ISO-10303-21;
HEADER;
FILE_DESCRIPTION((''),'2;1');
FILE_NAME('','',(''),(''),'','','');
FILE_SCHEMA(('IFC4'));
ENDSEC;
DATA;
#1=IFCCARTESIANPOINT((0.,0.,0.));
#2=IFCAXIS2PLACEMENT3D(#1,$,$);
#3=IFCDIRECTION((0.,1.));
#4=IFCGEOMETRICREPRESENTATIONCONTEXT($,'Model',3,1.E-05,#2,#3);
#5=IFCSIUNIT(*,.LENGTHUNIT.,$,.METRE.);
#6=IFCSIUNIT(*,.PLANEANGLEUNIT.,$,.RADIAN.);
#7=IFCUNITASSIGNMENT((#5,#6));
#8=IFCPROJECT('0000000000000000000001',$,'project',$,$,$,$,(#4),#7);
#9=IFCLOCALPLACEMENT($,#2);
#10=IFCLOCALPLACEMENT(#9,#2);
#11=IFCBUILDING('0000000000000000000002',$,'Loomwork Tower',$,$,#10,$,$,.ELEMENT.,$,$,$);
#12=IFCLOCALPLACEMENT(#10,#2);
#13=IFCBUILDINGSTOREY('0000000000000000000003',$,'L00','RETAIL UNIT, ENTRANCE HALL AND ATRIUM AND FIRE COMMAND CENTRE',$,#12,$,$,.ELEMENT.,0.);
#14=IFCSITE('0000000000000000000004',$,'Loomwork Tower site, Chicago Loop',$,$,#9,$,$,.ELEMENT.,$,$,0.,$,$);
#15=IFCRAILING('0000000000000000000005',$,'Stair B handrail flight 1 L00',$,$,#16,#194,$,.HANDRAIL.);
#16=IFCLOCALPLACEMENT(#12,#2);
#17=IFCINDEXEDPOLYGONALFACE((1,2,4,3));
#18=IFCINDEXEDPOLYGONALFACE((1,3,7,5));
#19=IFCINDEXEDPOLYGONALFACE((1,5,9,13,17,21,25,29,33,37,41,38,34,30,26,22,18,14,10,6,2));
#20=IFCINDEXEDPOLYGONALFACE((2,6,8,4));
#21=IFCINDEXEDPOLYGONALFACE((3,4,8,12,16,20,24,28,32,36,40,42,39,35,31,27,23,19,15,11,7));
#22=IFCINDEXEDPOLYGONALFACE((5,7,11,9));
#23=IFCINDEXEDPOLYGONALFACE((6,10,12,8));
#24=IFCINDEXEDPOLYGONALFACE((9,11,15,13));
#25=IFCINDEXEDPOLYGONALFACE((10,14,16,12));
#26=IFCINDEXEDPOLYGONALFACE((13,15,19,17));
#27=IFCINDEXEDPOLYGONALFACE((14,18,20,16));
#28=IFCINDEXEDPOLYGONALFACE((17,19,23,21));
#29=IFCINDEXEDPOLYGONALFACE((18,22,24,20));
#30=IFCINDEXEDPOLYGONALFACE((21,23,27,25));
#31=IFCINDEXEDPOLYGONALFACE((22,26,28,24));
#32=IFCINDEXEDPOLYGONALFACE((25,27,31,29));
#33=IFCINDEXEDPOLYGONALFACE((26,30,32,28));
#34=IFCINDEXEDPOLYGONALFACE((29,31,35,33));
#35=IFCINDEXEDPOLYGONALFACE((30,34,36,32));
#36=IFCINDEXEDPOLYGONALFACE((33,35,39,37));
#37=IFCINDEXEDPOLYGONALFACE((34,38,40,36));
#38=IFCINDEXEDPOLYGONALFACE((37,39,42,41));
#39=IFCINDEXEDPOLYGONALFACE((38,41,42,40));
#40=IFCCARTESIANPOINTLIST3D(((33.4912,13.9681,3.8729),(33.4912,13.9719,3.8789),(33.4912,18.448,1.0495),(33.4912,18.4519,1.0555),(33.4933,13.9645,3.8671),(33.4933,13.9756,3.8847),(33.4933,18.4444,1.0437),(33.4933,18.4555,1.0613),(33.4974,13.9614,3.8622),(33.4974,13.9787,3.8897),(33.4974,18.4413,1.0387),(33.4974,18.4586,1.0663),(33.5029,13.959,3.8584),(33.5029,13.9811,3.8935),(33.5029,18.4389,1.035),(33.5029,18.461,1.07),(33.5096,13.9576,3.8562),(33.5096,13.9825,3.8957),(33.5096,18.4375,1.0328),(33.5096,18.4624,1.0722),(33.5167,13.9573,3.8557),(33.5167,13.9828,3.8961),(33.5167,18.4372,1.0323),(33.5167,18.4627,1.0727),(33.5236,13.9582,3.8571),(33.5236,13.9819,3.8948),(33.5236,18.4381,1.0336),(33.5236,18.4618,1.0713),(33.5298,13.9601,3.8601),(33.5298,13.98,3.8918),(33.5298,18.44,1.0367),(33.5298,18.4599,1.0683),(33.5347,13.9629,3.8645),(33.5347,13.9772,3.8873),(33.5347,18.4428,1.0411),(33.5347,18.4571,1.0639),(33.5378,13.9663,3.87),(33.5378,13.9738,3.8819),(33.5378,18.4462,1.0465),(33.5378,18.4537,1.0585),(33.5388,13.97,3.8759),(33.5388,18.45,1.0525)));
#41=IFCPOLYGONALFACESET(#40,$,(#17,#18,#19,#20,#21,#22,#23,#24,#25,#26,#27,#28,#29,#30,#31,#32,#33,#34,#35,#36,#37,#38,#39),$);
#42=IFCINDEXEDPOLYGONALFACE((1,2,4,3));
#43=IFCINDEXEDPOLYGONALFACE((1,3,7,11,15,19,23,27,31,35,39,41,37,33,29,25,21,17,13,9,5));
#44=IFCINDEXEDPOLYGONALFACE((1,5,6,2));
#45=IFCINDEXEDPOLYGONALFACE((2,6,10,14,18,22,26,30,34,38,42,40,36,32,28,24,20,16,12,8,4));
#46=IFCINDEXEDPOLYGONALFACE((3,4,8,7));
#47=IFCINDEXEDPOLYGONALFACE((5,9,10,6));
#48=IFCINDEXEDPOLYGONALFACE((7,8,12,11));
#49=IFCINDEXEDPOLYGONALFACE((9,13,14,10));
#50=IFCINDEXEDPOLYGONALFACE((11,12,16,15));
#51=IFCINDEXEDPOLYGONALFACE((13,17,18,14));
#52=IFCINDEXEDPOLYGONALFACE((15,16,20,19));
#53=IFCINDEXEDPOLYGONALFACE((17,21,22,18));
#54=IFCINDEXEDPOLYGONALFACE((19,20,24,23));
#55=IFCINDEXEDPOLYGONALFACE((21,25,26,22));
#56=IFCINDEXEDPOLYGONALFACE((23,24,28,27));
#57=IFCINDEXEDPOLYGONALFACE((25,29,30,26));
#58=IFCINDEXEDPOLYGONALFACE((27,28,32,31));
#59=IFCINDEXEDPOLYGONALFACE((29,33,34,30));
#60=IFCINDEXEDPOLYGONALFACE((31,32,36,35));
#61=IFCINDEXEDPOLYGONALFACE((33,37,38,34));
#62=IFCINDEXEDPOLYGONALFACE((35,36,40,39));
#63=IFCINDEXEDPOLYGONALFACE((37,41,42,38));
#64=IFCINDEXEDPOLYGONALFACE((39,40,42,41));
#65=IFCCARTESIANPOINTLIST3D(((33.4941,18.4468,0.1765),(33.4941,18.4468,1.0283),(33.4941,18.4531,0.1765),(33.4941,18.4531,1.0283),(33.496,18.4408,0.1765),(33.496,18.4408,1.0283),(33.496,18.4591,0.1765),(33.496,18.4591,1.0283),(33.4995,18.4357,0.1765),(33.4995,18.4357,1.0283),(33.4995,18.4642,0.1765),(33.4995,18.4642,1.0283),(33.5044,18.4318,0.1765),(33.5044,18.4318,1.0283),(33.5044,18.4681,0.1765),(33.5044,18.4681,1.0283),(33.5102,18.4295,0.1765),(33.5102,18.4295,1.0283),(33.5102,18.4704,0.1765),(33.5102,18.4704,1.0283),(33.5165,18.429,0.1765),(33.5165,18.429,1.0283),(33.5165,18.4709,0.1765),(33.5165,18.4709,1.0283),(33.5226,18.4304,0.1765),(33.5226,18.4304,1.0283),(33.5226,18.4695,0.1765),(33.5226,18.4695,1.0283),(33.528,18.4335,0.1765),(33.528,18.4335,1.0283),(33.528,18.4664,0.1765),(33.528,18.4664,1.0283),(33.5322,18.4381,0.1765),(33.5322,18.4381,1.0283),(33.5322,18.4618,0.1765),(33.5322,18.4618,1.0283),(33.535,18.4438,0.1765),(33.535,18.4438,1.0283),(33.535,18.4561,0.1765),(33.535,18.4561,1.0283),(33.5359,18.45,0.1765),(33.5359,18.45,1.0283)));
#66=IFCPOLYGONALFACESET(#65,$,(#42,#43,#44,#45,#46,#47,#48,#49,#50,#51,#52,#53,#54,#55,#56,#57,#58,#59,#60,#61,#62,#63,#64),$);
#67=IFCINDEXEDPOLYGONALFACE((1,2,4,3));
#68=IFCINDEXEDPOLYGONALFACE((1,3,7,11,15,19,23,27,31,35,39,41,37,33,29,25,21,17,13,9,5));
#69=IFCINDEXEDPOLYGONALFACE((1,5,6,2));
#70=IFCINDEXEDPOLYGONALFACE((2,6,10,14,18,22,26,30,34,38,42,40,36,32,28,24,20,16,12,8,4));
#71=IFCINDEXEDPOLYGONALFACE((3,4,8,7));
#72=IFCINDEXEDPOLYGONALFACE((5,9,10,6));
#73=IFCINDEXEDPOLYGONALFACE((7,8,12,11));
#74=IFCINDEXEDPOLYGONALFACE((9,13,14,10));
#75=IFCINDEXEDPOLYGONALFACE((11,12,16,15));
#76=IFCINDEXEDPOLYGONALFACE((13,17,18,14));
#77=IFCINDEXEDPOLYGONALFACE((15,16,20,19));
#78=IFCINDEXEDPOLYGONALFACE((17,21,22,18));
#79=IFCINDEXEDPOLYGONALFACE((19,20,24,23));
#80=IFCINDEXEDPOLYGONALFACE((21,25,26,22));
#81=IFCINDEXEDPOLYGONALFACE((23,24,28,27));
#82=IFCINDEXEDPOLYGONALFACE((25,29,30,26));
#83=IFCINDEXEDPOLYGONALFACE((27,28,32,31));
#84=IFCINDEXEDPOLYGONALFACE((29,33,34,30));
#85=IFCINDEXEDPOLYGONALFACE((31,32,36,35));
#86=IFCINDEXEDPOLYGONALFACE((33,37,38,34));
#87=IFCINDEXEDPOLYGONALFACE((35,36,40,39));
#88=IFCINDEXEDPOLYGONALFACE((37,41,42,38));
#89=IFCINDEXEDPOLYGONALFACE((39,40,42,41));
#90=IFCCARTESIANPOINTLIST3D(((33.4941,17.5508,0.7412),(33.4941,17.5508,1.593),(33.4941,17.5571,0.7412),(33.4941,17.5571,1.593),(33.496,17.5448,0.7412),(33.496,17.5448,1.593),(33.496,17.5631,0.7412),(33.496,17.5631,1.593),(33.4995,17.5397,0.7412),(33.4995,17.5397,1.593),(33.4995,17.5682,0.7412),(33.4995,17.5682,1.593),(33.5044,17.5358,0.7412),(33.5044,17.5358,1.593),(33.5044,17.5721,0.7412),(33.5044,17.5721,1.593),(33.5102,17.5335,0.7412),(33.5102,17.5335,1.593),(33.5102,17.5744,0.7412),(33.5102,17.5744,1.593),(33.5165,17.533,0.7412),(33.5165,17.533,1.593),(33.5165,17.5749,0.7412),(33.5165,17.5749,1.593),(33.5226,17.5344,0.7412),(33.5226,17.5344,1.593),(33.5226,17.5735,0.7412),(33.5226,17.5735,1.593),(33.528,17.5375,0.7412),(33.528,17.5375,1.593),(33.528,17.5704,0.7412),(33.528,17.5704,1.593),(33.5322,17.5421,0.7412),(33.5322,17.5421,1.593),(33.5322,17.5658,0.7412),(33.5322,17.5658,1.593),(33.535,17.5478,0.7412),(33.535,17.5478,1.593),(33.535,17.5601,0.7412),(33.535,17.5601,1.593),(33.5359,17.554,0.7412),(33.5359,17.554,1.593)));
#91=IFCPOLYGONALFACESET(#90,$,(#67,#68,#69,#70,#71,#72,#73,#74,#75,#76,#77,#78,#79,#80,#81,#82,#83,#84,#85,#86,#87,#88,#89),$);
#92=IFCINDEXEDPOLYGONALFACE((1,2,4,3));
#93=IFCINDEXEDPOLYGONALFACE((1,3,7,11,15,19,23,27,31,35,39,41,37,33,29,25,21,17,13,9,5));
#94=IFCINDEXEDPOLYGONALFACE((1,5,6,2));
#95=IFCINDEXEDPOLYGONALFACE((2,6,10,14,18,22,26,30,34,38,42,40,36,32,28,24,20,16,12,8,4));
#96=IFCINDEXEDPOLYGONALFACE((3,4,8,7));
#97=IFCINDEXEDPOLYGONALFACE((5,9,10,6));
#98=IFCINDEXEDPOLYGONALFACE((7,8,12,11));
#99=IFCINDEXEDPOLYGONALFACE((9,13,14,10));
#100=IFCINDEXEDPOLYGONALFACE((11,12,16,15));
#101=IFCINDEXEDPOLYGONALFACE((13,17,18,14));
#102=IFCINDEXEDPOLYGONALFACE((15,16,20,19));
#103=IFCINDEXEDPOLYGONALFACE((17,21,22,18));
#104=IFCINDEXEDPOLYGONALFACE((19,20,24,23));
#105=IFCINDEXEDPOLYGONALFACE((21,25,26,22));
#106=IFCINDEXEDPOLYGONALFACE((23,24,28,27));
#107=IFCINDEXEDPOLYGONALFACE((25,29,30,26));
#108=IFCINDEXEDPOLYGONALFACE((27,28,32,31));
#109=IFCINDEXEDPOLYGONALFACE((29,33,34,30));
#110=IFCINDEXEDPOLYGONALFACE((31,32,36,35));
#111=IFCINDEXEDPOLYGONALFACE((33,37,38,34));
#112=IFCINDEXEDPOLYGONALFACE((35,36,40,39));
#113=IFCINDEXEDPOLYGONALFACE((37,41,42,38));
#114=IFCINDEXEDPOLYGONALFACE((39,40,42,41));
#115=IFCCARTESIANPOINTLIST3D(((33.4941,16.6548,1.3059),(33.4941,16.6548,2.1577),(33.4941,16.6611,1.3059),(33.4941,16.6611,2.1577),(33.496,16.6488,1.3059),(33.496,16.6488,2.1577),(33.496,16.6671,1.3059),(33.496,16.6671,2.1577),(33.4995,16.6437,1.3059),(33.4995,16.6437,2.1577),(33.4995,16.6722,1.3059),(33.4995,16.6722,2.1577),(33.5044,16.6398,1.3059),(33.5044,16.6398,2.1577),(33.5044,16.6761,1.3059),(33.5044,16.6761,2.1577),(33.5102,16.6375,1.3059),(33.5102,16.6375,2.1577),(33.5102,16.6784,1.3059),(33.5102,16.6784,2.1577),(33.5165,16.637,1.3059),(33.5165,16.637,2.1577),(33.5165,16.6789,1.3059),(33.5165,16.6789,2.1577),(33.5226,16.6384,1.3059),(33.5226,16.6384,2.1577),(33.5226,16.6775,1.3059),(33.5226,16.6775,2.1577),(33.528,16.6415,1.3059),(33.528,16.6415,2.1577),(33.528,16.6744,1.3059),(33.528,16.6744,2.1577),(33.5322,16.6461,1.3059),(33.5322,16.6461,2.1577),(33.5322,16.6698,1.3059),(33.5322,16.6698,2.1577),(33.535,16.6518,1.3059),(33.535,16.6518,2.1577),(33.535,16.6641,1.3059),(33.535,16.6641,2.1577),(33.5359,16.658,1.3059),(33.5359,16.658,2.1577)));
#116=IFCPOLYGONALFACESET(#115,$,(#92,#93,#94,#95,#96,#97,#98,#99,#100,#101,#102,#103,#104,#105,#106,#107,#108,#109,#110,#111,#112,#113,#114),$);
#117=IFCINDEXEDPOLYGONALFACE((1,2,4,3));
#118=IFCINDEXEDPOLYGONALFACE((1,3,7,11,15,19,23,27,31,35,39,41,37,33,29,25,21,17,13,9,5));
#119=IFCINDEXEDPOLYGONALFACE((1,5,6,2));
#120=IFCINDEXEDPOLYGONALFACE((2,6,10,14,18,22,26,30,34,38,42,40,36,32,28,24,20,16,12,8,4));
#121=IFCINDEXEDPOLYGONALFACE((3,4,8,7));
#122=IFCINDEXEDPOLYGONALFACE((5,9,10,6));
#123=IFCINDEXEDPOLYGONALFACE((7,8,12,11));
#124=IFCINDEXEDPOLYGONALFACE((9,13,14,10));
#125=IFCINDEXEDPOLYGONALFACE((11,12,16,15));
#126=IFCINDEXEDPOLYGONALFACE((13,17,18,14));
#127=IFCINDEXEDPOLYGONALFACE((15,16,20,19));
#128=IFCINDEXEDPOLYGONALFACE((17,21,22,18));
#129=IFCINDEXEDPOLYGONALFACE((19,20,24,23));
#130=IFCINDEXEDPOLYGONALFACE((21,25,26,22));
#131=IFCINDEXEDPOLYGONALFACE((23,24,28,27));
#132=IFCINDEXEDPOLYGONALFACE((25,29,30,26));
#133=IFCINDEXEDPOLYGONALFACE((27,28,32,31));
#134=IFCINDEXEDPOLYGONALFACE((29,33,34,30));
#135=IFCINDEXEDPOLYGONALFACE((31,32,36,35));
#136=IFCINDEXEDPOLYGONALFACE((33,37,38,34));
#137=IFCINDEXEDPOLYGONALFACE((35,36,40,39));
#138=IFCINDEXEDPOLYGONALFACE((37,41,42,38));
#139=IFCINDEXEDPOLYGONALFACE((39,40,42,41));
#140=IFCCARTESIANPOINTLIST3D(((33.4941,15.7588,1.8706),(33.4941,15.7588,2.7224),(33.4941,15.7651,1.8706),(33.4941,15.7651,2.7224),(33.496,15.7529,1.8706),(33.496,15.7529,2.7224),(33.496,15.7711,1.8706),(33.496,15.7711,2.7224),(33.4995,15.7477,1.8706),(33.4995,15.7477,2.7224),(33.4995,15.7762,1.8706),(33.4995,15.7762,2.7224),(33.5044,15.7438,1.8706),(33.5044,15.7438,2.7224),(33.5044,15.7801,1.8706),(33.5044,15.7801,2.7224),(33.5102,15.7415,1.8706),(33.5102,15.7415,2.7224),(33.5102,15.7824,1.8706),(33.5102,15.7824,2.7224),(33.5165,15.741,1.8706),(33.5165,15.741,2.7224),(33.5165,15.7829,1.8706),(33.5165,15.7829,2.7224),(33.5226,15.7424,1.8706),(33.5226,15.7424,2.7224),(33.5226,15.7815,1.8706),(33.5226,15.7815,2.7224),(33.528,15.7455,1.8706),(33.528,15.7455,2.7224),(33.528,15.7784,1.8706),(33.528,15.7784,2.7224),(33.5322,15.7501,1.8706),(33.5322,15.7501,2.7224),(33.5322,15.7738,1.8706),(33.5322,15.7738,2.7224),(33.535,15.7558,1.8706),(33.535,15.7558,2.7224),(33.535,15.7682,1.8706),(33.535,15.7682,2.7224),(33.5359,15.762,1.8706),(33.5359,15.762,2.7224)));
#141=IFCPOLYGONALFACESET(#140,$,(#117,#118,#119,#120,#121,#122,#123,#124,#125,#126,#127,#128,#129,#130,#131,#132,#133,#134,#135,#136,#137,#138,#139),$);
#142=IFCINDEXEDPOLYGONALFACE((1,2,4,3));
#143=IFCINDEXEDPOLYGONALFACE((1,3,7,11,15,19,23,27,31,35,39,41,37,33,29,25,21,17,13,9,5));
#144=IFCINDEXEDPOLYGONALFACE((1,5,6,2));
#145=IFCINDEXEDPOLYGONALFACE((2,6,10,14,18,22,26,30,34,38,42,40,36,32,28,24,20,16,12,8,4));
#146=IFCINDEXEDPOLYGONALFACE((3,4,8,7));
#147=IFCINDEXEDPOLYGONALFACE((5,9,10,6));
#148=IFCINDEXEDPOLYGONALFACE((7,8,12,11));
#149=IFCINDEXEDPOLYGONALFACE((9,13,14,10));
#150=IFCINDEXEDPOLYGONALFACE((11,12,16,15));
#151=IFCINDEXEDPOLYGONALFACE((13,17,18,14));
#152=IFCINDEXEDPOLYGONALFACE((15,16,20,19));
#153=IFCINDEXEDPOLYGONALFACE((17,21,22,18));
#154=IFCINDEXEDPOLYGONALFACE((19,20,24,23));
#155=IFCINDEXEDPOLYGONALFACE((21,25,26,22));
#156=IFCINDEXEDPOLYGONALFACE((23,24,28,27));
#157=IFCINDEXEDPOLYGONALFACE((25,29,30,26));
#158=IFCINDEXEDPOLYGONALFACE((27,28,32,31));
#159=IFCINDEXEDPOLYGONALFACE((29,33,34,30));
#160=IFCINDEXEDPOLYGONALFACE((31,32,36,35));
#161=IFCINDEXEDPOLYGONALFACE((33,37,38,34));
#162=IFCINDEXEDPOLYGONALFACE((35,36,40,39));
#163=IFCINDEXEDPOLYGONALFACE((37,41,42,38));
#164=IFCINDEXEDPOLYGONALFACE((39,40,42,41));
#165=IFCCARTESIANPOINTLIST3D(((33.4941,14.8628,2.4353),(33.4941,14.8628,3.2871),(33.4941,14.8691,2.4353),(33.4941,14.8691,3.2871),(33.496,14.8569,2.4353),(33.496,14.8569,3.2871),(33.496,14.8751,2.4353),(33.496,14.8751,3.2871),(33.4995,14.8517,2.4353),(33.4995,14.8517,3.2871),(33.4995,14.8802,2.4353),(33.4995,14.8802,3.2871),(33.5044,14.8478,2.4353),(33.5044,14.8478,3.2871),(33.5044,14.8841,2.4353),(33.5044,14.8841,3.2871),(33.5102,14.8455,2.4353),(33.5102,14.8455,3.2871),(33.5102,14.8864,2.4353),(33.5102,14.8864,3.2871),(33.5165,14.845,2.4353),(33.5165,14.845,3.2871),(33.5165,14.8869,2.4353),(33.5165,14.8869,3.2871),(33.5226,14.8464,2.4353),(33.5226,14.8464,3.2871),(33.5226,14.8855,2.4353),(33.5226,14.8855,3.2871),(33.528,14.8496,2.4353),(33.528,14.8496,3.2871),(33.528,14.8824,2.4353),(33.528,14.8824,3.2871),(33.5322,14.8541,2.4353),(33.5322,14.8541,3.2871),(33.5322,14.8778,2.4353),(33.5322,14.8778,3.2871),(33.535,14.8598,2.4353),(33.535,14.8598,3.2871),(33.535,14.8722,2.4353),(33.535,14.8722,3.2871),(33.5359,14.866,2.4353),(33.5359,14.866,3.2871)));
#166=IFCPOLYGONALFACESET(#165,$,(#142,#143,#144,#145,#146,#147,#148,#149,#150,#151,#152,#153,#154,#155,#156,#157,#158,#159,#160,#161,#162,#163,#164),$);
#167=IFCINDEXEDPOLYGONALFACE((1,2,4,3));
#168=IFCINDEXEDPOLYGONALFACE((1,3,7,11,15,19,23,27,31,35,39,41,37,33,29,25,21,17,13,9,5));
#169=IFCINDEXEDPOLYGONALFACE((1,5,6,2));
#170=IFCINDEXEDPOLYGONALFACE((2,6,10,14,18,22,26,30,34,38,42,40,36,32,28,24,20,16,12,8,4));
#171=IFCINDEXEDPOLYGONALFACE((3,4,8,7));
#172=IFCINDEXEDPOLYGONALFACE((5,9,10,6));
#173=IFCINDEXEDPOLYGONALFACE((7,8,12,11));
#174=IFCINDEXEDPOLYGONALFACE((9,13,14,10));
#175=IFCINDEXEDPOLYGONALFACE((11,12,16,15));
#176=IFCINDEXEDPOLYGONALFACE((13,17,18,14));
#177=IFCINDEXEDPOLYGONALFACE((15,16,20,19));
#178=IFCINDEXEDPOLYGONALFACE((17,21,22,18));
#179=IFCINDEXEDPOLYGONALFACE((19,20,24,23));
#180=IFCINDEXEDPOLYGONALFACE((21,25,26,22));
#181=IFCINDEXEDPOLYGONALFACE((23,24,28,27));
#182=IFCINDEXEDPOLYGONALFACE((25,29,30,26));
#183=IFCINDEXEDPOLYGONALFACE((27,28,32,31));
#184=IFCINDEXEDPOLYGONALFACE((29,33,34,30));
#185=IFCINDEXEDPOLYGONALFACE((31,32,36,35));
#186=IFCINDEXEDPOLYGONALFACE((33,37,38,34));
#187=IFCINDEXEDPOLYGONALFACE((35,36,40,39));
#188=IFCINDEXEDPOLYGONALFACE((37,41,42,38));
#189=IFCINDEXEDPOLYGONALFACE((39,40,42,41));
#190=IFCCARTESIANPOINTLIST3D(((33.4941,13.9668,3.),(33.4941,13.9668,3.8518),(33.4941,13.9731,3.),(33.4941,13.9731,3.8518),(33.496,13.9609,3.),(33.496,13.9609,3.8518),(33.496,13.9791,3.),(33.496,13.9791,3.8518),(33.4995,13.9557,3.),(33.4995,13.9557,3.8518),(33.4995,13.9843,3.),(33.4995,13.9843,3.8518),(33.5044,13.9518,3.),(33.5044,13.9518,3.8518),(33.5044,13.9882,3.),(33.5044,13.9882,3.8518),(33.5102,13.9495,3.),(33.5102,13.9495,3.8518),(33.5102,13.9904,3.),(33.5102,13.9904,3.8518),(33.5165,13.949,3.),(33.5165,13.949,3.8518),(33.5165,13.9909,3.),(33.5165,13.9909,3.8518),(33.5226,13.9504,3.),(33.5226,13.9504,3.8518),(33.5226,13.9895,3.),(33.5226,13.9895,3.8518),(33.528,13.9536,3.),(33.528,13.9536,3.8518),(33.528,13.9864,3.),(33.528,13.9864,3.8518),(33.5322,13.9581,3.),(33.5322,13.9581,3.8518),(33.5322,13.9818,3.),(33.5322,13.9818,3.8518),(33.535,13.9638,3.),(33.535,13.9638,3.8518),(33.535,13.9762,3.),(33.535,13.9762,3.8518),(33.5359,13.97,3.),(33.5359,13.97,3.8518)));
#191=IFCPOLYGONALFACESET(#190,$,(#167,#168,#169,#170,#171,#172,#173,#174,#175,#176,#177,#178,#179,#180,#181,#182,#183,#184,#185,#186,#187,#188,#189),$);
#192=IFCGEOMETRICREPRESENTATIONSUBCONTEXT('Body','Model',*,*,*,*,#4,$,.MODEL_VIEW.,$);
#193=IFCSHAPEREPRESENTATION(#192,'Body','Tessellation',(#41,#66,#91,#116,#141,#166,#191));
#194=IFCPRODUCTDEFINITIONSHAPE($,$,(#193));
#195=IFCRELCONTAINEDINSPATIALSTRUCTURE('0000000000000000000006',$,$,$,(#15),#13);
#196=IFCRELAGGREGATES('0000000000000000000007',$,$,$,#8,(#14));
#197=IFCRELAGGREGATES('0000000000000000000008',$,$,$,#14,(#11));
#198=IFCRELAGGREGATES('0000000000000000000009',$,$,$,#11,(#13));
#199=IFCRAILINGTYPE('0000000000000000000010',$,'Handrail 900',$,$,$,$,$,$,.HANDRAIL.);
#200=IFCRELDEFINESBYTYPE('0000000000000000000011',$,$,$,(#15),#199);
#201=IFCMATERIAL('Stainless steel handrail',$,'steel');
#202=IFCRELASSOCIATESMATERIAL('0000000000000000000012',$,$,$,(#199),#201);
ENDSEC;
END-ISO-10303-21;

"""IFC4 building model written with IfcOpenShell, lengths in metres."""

from ifc_helpers import new_model, si_unit, direction, frame, origin, origin_2d, place, context, subcontext, project, spatial, circle, extrude, material, type_object, element, save


model = new_model("IFC4")

# Units and contexts
model_context = context("Model", 3, precision=1e-05, world=origin(), true_north=direction((0.0, 1.0)))
body_context = subcontext(model_context, "Body", "Model", "MODEL_VIEW")
ifc_project = project(units=[si_unit("LENGTHUNIT", "METRE"), si_unit("PLANEANGLEUNIT", "RADIAN")], contexts=[model_context])

# Site, building, storey
site_placement = place(None, origin())
site = spatial("IfcSite", under=ifc_project, at=site_placement, Name="Loomwork Tower site, Chicago Loop", CompositionType="ELEMENT", RefElevation=0.0)
building_placement = place(site_placement, origin())
building = spatial("IfcBuilding", under=site, at=building_placement, Name="Loomwork Tower", CompositionType="ELEMENT")
storey_placement = place(building_placement, origin())
storey = spatial("IfcBuildingStorey", under=building, at=storey_placement, Name="L00", Description="RETAIL UNIT, ENTRANCE HALL AND ATRIUM AND FIRE COMMAND CENTRE", CompositionType="ELEMENT", Elevation=0.0)

# Railing
ifc_material_1 = material(Name="Stainless steel handrail", Category="steel")
railing_type = type_object("IfcRailingType", Name="Handrail 900", PredefinedType="HANDRAIL", material=ifc_material_1)
railing_1_placement = place(storey_placement, frame((33.5149, 18.45, 0.1765)))
element("IfcRailing", 1, at=railing_1_placement, inside=storey, type_object=railing_type, Name="Stair B handrail flight 1 L00", PredefinedType="HANDRAIL", context=body_context, shape_type="SweptSolid", body=[
    extrude(circle(Radius=0.0239, at=origin_2d()), frame((0.0, 0.0, 0.876), z_axis=(0.0, -0.845998, 0.533186), x_axis=(1.0, 0.0, 0.0)), (0.0, 0.0, 1.0), 5.2954),
    extrude(circle(Radius=0.021, at=origin_2d()), origin(), (0.0, 0.0, 1.0), 0.8518),
    extrude(circle(Radius=0.021, at=origin_2d()), frame((0.0, -0.896, 0.5647)), (0.0, 0.0, 1.0), 0.8518),
    extrude(circle(Radius=0.021, at=origin_2d()), frame((0.0, -1.792, 1.1294)), (0.0, 0.0, 1.0), 0.8518),
    extrude(circle(Radius=0.021, at=origin_2d()), frame((0.0, -2.688, 1.6941)), (0.0, 0.0, 1.0), 0.8518),
    extrude(circle(Radius=0.021, at=origin_2d()), frame((0.0, -3.584, 2.2588)), (0.0, 0.0, 1.0), 0.8518),
    extrude(circle(Radius=0.021, at=origin_2d()), frame((0.0, -4.48, 2.8235)), (0.0, 0.0, 1.0), 0.8518),
])

save(model, "model.ifc")
